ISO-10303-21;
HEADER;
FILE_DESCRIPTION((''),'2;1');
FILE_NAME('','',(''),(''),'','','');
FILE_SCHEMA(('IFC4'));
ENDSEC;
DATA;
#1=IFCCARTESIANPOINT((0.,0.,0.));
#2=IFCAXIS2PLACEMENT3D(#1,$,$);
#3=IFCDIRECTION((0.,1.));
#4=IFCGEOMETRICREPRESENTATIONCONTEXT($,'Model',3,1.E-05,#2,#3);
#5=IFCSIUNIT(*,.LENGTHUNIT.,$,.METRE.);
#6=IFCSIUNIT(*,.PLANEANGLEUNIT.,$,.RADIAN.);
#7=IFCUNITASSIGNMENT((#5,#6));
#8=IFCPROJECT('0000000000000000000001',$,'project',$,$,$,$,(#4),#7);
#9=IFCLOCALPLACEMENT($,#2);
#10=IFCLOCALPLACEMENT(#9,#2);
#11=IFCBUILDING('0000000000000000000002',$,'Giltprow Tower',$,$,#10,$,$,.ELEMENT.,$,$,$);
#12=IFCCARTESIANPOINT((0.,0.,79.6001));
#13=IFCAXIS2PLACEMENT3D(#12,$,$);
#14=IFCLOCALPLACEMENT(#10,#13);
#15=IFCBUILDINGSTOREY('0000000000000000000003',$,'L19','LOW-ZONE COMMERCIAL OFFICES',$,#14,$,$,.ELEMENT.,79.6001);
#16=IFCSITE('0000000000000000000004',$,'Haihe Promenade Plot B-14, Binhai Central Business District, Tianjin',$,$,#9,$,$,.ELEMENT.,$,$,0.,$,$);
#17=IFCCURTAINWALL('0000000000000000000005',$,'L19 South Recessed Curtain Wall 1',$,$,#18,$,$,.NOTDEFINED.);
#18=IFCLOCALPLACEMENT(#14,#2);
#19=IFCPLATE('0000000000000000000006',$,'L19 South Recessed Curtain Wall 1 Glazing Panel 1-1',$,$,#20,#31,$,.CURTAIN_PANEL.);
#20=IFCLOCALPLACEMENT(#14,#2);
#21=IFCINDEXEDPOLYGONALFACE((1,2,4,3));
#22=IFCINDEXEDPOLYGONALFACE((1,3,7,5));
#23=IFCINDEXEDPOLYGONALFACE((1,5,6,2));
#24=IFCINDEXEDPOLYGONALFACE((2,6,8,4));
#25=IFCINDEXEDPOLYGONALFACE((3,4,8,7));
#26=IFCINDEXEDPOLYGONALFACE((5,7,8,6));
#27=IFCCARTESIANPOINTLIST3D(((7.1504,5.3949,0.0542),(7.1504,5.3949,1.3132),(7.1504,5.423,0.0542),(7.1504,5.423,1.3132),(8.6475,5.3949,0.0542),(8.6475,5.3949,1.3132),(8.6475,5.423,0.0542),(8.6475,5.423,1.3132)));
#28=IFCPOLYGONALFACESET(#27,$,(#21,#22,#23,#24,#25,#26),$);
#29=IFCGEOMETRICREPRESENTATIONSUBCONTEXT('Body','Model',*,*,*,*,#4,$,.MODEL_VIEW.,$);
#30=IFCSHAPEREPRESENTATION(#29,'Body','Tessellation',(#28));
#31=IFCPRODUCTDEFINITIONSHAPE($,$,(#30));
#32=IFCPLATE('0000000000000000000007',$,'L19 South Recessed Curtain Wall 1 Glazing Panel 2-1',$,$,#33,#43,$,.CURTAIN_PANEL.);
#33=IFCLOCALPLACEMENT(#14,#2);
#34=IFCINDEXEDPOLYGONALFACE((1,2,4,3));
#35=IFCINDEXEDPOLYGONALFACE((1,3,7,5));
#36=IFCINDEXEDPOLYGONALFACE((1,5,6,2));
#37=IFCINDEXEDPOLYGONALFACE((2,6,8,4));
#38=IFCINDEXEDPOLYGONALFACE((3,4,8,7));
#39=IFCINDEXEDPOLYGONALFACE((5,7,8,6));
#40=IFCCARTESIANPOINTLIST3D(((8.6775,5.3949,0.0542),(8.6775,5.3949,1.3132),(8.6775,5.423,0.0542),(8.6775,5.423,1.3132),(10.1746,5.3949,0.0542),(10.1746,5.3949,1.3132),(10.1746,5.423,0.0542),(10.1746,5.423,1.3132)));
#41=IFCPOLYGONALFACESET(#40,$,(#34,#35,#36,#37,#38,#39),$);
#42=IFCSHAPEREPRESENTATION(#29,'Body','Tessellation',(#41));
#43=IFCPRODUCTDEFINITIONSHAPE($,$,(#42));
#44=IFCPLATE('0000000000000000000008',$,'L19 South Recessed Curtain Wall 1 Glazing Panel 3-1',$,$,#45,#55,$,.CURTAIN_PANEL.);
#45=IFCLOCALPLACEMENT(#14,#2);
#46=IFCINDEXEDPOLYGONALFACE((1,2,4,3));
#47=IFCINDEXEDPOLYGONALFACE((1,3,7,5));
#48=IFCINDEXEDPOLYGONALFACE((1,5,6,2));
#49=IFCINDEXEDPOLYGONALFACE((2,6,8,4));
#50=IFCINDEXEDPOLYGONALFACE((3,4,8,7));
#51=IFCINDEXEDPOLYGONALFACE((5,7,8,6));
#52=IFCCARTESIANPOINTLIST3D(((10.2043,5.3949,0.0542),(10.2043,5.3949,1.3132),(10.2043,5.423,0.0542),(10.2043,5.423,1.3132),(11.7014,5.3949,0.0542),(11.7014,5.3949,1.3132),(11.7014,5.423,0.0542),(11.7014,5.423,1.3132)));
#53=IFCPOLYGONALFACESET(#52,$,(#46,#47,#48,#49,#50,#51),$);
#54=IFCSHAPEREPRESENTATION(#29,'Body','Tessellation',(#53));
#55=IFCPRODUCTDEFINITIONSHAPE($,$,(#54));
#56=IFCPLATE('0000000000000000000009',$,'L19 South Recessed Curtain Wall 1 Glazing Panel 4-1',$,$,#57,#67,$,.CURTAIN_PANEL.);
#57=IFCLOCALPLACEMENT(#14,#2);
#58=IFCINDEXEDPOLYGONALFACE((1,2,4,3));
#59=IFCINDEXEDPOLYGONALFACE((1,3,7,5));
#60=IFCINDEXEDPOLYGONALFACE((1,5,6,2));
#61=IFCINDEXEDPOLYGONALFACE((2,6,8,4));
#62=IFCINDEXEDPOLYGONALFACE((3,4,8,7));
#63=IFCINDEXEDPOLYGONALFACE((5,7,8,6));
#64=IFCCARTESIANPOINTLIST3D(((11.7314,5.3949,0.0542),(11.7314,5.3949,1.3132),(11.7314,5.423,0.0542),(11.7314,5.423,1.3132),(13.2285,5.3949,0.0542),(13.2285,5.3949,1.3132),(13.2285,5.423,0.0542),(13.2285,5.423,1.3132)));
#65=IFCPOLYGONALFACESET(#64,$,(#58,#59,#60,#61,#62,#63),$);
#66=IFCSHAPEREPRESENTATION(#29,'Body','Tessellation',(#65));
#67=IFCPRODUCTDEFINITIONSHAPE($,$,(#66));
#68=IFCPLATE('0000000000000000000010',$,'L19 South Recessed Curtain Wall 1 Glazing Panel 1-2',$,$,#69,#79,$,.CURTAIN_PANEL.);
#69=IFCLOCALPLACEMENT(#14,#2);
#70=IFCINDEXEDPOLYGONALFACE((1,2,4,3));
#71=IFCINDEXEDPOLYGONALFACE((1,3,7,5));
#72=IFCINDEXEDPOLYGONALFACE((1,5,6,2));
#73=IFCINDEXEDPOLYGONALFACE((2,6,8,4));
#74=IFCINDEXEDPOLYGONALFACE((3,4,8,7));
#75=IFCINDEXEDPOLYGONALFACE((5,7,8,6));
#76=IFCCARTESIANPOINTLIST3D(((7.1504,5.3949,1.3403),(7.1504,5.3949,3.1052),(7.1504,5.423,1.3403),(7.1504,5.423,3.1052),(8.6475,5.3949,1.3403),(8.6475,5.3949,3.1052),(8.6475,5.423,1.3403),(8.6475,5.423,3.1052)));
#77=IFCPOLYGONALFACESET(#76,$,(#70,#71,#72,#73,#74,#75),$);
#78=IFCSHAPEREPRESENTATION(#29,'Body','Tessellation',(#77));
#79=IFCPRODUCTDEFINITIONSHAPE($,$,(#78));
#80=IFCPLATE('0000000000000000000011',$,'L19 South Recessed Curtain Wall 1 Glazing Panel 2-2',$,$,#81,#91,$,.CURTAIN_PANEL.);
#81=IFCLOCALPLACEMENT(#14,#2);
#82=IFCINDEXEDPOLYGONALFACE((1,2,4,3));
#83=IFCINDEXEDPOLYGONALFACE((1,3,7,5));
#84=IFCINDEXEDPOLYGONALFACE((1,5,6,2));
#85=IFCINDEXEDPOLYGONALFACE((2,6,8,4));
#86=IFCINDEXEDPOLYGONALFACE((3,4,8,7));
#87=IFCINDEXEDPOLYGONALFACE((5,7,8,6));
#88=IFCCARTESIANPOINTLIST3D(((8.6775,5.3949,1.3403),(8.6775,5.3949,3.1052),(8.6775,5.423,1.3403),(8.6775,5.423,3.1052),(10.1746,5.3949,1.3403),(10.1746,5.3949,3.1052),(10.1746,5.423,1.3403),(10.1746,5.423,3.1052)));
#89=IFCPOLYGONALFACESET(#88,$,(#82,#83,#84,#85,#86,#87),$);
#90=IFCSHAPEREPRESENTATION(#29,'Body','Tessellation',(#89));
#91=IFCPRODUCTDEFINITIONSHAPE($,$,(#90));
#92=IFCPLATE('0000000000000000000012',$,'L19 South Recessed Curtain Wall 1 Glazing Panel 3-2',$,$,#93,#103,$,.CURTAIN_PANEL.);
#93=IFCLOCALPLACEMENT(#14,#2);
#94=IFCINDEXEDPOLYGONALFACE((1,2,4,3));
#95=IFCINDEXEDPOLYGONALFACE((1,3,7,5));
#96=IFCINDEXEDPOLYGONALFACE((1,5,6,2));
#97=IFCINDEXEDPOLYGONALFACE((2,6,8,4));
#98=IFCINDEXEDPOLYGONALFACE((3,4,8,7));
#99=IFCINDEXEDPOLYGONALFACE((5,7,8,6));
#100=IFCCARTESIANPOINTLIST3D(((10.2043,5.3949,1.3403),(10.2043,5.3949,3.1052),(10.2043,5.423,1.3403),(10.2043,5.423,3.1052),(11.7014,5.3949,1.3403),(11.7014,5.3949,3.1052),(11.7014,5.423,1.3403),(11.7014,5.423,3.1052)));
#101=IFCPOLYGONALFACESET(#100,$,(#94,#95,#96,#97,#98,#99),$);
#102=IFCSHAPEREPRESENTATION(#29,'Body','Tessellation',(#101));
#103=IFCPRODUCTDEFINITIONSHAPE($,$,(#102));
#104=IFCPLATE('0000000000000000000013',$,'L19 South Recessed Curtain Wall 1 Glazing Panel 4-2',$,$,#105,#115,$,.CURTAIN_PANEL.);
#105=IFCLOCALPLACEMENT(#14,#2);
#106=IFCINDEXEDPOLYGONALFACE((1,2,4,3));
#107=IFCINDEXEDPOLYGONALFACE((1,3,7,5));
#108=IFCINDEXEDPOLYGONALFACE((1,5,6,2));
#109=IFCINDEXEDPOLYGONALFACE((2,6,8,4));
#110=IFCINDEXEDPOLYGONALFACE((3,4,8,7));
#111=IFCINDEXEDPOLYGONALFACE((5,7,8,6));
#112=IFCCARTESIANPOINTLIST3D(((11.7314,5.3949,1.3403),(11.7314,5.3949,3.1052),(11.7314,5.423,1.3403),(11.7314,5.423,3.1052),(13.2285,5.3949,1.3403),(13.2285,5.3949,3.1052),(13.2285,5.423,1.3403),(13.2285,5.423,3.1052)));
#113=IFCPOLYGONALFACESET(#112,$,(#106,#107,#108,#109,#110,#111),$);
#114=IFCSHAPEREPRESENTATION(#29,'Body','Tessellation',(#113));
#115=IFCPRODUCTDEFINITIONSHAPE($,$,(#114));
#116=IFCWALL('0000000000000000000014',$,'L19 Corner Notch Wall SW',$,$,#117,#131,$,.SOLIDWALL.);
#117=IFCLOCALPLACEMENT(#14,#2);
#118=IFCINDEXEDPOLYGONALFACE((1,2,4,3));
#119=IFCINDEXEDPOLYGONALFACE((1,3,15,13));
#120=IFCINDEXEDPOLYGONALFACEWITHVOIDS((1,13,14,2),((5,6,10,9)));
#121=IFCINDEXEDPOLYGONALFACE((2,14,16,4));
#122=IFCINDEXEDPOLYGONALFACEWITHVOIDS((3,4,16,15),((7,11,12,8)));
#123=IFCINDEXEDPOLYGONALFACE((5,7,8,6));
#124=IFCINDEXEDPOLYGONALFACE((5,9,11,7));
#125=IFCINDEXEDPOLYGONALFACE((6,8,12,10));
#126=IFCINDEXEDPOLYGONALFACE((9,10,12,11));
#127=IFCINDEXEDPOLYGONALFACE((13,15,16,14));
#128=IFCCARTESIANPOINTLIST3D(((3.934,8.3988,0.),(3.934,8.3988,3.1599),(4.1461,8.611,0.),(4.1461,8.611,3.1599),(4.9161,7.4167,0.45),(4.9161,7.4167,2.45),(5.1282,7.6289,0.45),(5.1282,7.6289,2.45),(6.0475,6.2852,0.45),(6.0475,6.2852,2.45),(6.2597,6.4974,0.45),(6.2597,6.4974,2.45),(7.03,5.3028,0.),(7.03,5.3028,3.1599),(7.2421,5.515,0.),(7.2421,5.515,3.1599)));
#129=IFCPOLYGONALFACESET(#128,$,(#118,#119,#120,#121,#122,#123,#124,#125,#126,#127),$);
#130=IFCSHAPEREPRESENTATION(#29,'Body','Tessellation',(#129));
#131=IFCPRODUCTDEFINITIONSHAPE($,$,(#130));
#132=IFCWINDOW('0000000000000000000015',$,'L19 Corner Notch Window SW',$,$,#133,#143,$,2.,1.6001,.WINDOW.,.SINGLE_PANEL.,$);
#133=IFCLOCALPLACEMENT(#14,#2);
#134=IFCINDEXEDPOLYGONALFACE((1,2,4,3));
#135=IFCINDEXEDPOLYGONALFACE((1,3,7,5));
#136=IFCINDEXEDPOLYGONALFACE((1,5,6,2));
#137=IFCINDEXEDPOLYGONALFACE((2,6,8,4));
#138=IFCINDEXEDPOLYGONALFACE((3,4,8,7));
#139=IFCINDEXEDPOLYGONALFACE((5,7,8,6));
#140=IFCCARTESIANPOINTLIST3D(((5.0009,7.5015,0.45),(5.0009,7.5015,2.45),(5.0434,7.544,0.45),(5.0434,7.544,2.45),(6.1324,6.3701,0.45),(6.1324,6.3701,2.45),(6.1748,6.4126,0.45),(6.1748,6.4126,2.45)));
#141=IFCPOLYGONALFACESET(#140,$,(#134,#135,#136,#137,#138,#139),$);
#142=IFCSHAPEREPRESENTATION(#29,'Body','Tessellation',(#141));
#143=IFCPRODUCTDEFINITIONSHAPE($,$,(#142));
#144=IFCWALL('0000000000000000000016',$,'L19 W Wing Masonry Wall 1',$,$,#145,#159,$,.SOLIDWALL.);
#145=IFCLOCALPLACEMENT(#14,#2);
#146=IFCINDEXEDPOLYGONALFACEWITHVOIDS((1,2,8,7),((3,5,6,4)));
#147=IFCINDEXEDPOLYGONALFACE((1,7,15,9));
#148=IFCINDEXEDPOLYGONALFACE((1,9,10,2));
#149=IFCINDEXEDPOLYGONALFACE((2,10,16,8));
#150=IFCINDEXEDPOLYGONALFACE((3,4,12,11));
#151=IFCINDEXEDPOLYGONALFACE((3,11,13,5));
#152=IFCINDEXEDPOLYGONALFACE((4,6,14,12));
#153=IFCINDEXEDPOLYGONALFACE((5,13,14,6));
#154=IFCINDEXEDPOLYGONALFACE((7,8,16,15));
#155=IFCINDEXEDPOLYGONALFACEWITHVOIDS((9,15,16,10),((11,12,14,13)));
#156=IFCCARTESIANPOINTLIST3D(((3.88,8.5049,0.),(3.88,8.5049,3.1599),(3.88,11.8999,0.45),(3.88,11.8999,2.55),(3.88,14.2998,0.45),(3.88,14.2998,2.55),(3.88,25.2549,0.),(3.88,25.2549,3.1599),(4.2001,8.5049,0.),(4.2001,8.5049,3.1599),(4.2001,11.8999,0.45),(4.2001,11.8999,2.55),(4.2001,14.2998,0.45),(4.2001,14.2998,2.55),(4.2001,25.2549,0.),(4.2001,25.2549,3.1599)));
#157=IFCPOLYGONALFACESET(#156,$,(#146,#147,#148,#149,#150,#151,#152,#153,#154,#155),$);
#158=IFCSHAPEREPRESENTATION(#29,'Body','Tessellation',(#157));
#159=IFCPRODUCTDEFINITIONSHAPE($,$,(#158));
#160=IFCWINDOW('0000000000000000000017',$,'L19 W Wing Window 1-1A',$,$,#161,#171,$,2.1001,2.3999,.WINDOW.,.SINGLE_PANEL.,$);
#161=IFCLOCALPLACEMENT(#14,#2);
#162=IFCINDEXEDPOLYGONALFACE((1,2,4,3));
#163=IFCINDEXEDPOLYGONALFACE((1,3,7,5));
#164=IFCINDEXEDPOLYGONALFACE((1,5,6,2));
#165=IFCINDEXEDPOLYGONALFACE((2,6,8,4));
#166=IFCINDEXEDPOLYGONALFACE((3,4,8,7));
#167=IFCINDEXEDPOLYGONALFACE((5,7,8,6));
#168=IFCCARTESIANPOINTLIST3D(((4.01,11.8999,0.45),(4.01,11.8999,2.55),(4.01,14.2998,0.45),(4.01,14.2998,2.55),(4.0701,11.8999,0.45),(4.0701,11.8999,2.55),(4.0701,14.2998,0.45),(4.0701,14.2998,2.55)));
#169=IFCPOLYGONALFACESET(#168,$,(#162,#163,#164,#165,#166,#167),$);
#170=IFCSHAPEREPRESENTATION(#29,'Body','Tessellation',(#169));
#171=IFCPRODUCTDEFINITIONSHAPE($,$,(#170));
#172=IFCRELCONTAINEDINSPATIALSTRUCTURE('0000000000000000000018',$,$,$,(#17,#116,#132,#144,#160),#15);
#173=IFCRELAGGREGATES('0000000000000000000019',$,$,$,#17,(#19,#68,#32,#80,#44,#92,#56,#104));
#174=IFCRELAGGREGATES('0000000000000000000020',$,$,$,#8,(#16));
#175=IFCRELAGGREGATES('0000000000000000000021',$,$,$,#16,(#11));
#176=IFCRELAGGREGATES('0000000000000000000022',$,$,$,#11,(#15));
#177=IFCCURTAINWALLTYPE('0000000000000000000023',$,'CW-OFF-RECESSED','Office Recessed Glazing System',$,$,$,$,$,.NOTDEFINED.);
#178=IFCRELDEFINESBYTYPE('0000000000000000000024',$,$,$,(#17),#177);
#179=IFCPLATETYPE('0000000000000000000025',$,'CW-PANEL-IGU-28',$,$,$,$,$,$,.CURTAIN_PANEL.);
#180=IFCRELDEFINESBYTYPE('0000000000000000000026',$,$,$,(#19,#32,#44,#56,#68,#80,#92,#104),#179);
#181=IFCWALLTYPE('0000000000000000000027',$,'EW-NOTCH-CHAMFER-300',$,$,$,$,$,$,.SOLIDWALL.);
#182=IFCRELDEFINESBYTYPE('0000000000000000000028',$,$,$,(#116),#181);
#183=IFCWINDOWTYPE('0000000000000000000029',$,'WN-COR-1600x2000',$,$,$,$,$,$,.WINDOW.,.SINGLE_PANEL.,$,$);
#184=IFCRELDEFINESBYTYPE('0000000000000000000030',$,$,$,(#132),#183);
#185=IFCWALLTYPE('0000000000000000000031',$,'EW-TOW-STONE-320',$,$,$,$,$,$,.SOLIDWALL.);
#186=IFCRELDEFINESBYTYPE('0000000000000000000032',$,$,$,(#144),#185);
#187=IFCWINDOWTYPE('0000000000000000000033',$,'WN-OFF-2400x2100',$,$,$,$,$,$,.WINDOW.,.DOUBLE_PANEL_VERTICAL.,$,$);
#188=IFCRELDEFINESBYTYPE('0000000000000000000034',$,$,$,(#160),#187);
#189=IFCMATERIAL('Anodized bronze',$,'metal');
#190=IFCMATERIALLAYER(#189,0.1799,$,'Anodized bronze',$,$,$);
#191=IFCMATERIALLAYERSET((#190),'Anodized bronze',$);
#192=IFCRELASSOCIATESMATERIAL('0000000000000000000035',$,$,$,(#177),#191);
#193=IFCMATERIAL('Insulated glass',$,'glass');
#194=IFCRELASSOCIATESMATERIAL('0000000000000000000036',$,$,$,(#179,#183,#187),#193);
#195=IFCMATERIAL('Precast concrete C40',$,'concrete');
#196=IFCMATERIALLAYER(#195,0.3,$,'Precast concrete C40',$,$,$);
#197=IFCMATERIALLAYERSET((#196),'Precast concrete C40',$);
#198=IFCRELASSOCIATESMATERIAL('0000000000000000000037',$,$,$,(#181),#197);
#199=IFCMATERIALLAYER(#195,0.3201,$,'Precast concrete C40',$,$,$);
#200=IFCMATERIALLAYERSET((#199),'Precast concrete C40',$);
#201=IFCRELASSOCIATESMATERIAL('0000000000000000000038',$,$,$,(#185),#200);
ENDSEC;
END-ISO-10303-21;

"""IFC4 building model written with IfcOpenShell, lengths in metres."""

from ifc_helpers import new_model, si_unit, direction, frame, frame_2d, origin, origin_2d, place, context, subcontext, project, spatial, rectangle, extrude, source, transform, mapped, material, layer, layer_set, type_object, element, fill, aggregate, save


model = new_model("IFC4")

# Units and contexts
model_context = context("Model", 3, precision=1e-05, world=origin(), true_north=direction((0.0, 1.0)))
body_context = subcontext(model_context, "Body", "Model", "MODEL_VIEW")
ifc_project = project(units=[si_unit("LENGTHUNIT", "METRE"), si_unit("PLANEANGLEUNIT", "RADIAN")], contexts=[model_context])

# Site, building, storey
site_placement = place(None, origin())
site = spatial("IfcSite", under=ifc_project, at=site_placement, Name="Haihe Promenade Plot B-14, Binhai Central Business District, Tianjin", CompositionType="ELEMENT", RefElevation=0.0)
building_placement = place(site_placement, origin())
building = spatial("IfcBuilding", under=site, at=building_placement, Name="Giltprow Tower", CompositionType="ELEMENT")
storey_placement = place(building_placement, frame((0.0, 0.0, 79.6001)))
storey = spatial("IfcBuildingStorey", under=building, at=storey_placement, Name="L19", Description="LOW-ZONE COMMERCIAL OFFICES", CompositionType="ELEMENT", Elevation=79.6001)

# Curtain wall
ifc_material_1 = material(Name="Anodized bronze", Category="metal")
ifc_layer_1 = layer(ifc_material_1, 0.1799, Name="Anodized bronze")
ifc_layer_set_1 = layer_set([ifc_layer_1], Name="Anodized bronze")
curtain_wall_type = type_object("IfcCurtainWallType", Name="CW-OFF-RECESSED", Description="Office Recessed Glazing System", PredefinedType="NOTDEFINED", material=ifc_layer_set_1)
curtain_wall_placement = place(storey_placement, origin())
curtain_wall = element("IfcCurtainWall", 1, at=curtain_wall_placement, inside=storey, type_object=curtain_wall_type, Name="L19 South Recessed Curtain Wall 1", PredefinedType="NOTDEFINED")

# Plates
ifc_material_2 = material(Name="Insulated glass", Category="glass")
plate_type = type_object("IfcPlateType", Name="CW-PANEL-IGU-28", PredefinedType="CURTAIN_PANEL", material=ifc_material_2)
shared_shape_1 = source(origin(), body_context, "Body", "SweptSolid", [
    extrude(rectangle(XDim=1.4971, YDim=0.0281, at=origin_2d()), origin(), (0.0, 0.0, 1.0), 1.259),
])
plate_1_placement = place(storey_placement, frame((7.8989, 5.4089, 0.0542), z_axis=(0.0, 0.0, 1.0), x_axis=(1.0, 0.0, 0.0)))
plate_1 = element("IfcPlate", 2, at=plate_1_placement, type_object=plate_type, Name="L19 South Recessed Curtain Wall 1 Glazing Panel 1-1", PredefinedType="CURTAIN_PANEL", context=body_context, shape_type="MappedRepresentation", body=[
    mapped(shared_shape_1, transform((0.0, 0.0, 0.0), x_axis=(1.0, 0.0, 0.0), y_axis=(0.0, 1.0, 0.0), z_axis=(0.0, 0.0, 1.0), scale=1.0)),
])
plate_2_placement = place(storey_placement, frame((9.426, 5.4089, 0.0542), z_axis=(0.0, 0.0, 1.0), x_axis=(1.0, 0.0, 0.0)))
plate_2 = element("IfcPlate", 3, at=plate_2_placement, type_object=plate_type, Name="L19 South Recessed Curtain Wall 1 Glazing Panel 2-1", PredefinedType="CURTAIN_PANEL", context=body_context, shape_type="MappedRepresentation", body=[
    mapped(shared_shape_1, transform((0.0, 0.0, 0.0), x_axis=(1.0, 0.0, 0.0), y_axis=(0.0, 1.0, 0.0), z_axis=(0.0, 0.0, 1.0), scale=1.0)),
])
plate_3_placement = place(storey_placement, frame((10.9529, 5.4089, 0.0542), z_axis=(0.0, 0.0, 1.0), x_axis=(1.0, 0.0, 0.0)))
plate_3 = element("IfcPlate", 4, at=plate_3_placement, type_object=plate_type, Name="L19 South Recessed Curtain Wall 1 Glazing Panel 3-1", PredefinedType="CURTAIN_PANEL", context=body_context, shape_type="MappedRepresentation", body=[
    mapped(shared_shape_1, transform((0.0, 0.0, 0.0), x_axis=(1.0, 0.0, 0.0), y_axis=(0.0, 1.0, 0.0), z_axis=(0.0, 0.0, 1.0), scale=1.0)),
])
plate_4_placement = place(storey_placement, frame((12.48, 5.4089, 0.0542), z_axis=(0.0, 0.0, 1.0), x_axis=(1.0, 0.0, 0.0)))
plate_4 = element("IfcPlate", 5, at=plate_4_placement, type_object=plate_type, Name="L19 South Recessed Curtain Wall 1 Glazing Panel 4-1", PredefinedType="CURTAIN_PANEL", context=body_context, shape_type="MappedRepresentation", body=[
    mapped(shared_shape_1, transform((0.0, 0.0, 0.0), x_axis=(1.0, 0.0, 0.0), y_axis=(0.0, 1.0, 0.0), z_axis=(0.0, 0.0, 1.0), scale=1.0)),
])
shared_shape_2 = source(origin(), body_context, "Body", "SweptSolid", [
    extrude(rectangle(XDim=1.4971, YDim=0.0281, at=origin_2d()), origin(), (0.0, 0.0, 1.0), 1.7649),
])
plate_5_placement = place(storey_placement, frame((7.8989, 5.4089, 1.3403), z_axis=(0.0, 0.0, 1.0), x_axis=(1.0, 0.0, 0.0)))
plate_5 = element("IfcPlate", 6, at=plate_5_placement, type_object=plate_type, Name="L19 South Recessed Curtain Wall 1 Glazing Panel 1-2", PredefinedType="CURTAIN_PANEL", context=body_context, shape_type="MappedRepresentation", body=[
    mapped(shared_shape_2, transform((0.0, 0.0, 0.0), x_axis=(1.0, 0.0, 0.0), y_axis=(0.0, 1.0, 0.0), z_axis=(0.0, 0.0, 1.0), scale=1.0)),
])
plate_6_placement = place(storey_placement, frame((9.426, 5.4089, 1.3403), z_axis=(0.0, 0.0, 1.0), x_axis=(1.0, 0.0, 0.0)))
plate_6 = element("IfcPlate", 7, at=plate_6_placement, type_object=plate_type, Name="L19 South Recessed Curtain Wall 1 Glazing Panel 2-2", PredefinedType="CURTAIN_PANEL", context=body_context, shape_type="MappedRepresentation", body=[
    mapped(shared_shape_2, transform((0.0, 0.0, 0.0), x_axis=(1.0, 0.0, 0.0), y_axis=(0.0, 1.0, 0.0), z_axis=(0.0, 0.0, 1.0), scale=1.0)),
])
plate_7_placement = place(storey_placement, frame((10.9529, 5.4089, 1.3403), z_axis=(0.0, 0.0, 1.0), x_axis=(1.0, 0.0, 0.0)))
plate_7 = element("IfcPlate", 8, at=plate_7_placement, type_object=plate_type, Name="L19 South Recessed Curtain Wall 1 Glazing Panel 3-2", PredefinedType="CURTAIN_PANEL", context=body_context, shape_type="MappedRepresentation", body=[
    mapped(shared_shape_2, transform((0.0, 0.0, 0.0), x_axis=(1.0, 0.0, 0.0), y_axis=(0.0, 1.0, 0.0), z_axis=(0.0, 0.0, 1.0), scale=1.0)),
])
plate_8_placement = place(storey_placement, frame((12.48, 5.4089, 1.3403), z_axis=(0.0, 0.0, 1.0), x_axis=(1.0, 0.0, 0.0)))
plate_8 = element("IfcPlate", 9, at=plate_8_placement, type_object=plate_type, Name="L19 South Recessed Curtain Wall 1 Glazing Panel 4-2", PredefinedType="CURTAIN_PANEL", context=body_context, shape_type="MappedRepresentation", body=[
    mapped(shared_shape_2, transform((0.0, 0.0, 0.0), x_axis=(1.0, 0.0, 0.0), y_axis=(0.0, 1.0, 0.0), z_axis=(0.0, 0.0, 1.0), scale=1.0)),
])
aggregate(curtain_wall, [plate_1, plate_5, plate_2, plate_6, plate_3, plate_7, plate_4, plate_8])

# Walls, openings, windows
ifc_material_3 = material(Name="Precast concrete C40", Category="concrete")
ifc_layer_2 = layer(ifc_material_3, 0.3, Name="Precast concrete C40")
ifc_layer_set_2 = layer_set([ifc_layer_2], Name="Precast concrete C40")
wall_type_1 = type_object("IfcWallType", Name="EW-NOTCH-CHAMFER-300", PredefinedType="SOLIDWALL", material=ifc_layer_set_2)
wall_1_placement = place(storey_placement, frame((4.04, 8.5049, 0.0), z_axis=(0.0, 0.0, 1.0), x_axis=(0.707107, -0.707107, 0.0)))
wall_1 = element("IfcWall", 10, at=wall_1_placement, inside=storey, type_object=wall_type_1, Name="L19 Corner Notch Wall SW", PredefinedType="SOLIDWALL", context=body_context, shape_type="SweptSolid", body=[
    extrude(rectangle(XDim=4.3784, YDim=0.3, at=frame_2d((2.1892, 0.0))), origin(), (0.0, 0.0, 1.0), 3.1599),
])
opening_1_placement = place(wall_1_placement, frame((1.3889, 0.0, 0.45)))
opening_1 = element("IfcOpeningElement", 11, at=opening_1_placement, cuts=wall_1, PredefinedType="OPENING", context=body_context, shape_type="SweptSolid", body=[
    extrude(rectangle(XDim=1.6001, YDim=2.0, at=frame_2d((0.8, 1.0))), frame((0.0, 0.1599, 0.0), z_axis=(0.0, -1.0, 0.0), x_axis=(1.0, 0.0, 0.0)), (0.0, 0.0, 1.0), 0.3201),
])
window_type_1 = type_object("IfcWindowType", Name="WN-COR-1600x2000", PartitioningType="SINGLE_PANEL", PredefinedType="WINDOW", material=ifc_material_2)
shared_shape_3 = source(origin(), body_context, "Body", "SweptSolid", [
    extrude(rectangle(XDim=1.6001, YDim=2.0, at=frame_2d((0.8, 1.0))), frame((0.0, 0.03, 0.0), z_axis=(0.0, -1.0, 0.0), x_axis=(1.0, 0.0, 0.0)), (0.0, 0.0, 1.0), 0.0601),
])
window_1_placement = place(opening_1_placement, origin())
window_1 = element("IfcWindow", 12, at=window_1_placement, inside=storey, type_object=window_type_1, Name="L19 Corner Notch Window SW", OverallHeight=2.0, OverallWidth=1.6001, PartitioningType="SINGLE_PANEL", PredefinedType="WINDOW", context=body_context, shape_type="MappedRepresentation", body=[
    mapped(shared_shape_3, transform((0.0, 0.0, 0.0), x_axis=(1.0, 0.0, 0.0), y_axis=(0.0, 1.0, 0.0), z_axis=(0.0, 0.0, 1.0), scale=1.0)),
])
fill(opening_1, window_1)
ifc_layer_3 = layer(ifc_material_3, 0.3201, Name="Precast concrete C40")
ifc_layer_set_3 = layer_set([ifc_layer_3], Name="Precast concrete C40")
wall_type_2 = type_object("IfcWallType", Name="EW-TOW-STONE-320", PredefinedType="SOLIDWALL", material=ifc_layer_set_3)
wall_2_placement = place(storey_placement, frame((4.04, 8.5049, 0.0), z_axis=(0.0, 0.0, 1.0), x_axis=(0.0, 1.0, 0.0)))
wall_2 = element("IfcWall", 13, at=wall_2_placement, inside=storey, type_object=wall_type_2, Name="L19 W Wing Masonry Wall 1", PredefinedType="SOLIDWALL", context=body_context, shape_type="SweptSolid", body=[
    extrude(rectangle(XDim=16.75, YDim=0.3201, at=frame_2d((8.375, 0.0))), origin(), (0.0, 0.0, 1.0), 3.1599),
])
opening_2_placement = place(wall_2_placement, frame((3.395, 0.0, 0.45)))
opening_2 = element("IfcOpeningElement", 14, at=opening_2_placement, cuts=wall_2, PredefinedType="OPENING", context=body_context, shape_type="SweptSolid", body=[
    extrude(rectangle(XDim=2.3999, YDim=2.1001, at=frame_2d((1.2, 1.05))), frame((0.0, 0.1699, 0.0), z_axis=(0.0, -1.0, 0.0), x_axis=(1.0, 0.0, 0.0)), (0.0, 0.0, 1.0), 0.3401),
])
window_type_2 = type_object("IfcWindowType", Name="WN-OFF-2400x2100", PartitioningType="DOUBLE_PANEL_VERTICAL", PredefinedType="WINDOW", material=ifc_material_2)
shared_shape_4 = source(origin(), body_context, "Body", "SweptSolid", [
    extrude(rectangle(XDim=2.3999, YDim=2.1001, at=frame_2d((1.2, 1.05))), frame((0.0, 0.03, 0.0), z_axis=(0.0, -1.0, 0.0), x_axis=(1.0, 0.0, 0.0)), (0.0, 0.0, 1.0), 0.0601),
])
window_2_placement = place(opening_2_placement, origin())
window_2 = element("IfcWindow", 15, at=window_2_placement, inside=storey, type_object=window_type_2, Name="L19 W Wing Window 1-1A", OverallHeight=2.1001, OverallWidth=2.3999, PartitioningType="SINGLE_PANEL", PredefinedType="WINDOW", context=body_context, shape_type="MappedRepresentation", body=[
    mapped(shared_shape_4, transform((0.0, 0.0, 0.0), x_axis=(1.0, 0.0, 0.0), y_axis=(0.0, 1.0, 0.0), z_axis=(0.0, 0.0, 1.0), scale=1.0)),
])
fill(opening_2, window_2)

save(model, "model.ifc")
